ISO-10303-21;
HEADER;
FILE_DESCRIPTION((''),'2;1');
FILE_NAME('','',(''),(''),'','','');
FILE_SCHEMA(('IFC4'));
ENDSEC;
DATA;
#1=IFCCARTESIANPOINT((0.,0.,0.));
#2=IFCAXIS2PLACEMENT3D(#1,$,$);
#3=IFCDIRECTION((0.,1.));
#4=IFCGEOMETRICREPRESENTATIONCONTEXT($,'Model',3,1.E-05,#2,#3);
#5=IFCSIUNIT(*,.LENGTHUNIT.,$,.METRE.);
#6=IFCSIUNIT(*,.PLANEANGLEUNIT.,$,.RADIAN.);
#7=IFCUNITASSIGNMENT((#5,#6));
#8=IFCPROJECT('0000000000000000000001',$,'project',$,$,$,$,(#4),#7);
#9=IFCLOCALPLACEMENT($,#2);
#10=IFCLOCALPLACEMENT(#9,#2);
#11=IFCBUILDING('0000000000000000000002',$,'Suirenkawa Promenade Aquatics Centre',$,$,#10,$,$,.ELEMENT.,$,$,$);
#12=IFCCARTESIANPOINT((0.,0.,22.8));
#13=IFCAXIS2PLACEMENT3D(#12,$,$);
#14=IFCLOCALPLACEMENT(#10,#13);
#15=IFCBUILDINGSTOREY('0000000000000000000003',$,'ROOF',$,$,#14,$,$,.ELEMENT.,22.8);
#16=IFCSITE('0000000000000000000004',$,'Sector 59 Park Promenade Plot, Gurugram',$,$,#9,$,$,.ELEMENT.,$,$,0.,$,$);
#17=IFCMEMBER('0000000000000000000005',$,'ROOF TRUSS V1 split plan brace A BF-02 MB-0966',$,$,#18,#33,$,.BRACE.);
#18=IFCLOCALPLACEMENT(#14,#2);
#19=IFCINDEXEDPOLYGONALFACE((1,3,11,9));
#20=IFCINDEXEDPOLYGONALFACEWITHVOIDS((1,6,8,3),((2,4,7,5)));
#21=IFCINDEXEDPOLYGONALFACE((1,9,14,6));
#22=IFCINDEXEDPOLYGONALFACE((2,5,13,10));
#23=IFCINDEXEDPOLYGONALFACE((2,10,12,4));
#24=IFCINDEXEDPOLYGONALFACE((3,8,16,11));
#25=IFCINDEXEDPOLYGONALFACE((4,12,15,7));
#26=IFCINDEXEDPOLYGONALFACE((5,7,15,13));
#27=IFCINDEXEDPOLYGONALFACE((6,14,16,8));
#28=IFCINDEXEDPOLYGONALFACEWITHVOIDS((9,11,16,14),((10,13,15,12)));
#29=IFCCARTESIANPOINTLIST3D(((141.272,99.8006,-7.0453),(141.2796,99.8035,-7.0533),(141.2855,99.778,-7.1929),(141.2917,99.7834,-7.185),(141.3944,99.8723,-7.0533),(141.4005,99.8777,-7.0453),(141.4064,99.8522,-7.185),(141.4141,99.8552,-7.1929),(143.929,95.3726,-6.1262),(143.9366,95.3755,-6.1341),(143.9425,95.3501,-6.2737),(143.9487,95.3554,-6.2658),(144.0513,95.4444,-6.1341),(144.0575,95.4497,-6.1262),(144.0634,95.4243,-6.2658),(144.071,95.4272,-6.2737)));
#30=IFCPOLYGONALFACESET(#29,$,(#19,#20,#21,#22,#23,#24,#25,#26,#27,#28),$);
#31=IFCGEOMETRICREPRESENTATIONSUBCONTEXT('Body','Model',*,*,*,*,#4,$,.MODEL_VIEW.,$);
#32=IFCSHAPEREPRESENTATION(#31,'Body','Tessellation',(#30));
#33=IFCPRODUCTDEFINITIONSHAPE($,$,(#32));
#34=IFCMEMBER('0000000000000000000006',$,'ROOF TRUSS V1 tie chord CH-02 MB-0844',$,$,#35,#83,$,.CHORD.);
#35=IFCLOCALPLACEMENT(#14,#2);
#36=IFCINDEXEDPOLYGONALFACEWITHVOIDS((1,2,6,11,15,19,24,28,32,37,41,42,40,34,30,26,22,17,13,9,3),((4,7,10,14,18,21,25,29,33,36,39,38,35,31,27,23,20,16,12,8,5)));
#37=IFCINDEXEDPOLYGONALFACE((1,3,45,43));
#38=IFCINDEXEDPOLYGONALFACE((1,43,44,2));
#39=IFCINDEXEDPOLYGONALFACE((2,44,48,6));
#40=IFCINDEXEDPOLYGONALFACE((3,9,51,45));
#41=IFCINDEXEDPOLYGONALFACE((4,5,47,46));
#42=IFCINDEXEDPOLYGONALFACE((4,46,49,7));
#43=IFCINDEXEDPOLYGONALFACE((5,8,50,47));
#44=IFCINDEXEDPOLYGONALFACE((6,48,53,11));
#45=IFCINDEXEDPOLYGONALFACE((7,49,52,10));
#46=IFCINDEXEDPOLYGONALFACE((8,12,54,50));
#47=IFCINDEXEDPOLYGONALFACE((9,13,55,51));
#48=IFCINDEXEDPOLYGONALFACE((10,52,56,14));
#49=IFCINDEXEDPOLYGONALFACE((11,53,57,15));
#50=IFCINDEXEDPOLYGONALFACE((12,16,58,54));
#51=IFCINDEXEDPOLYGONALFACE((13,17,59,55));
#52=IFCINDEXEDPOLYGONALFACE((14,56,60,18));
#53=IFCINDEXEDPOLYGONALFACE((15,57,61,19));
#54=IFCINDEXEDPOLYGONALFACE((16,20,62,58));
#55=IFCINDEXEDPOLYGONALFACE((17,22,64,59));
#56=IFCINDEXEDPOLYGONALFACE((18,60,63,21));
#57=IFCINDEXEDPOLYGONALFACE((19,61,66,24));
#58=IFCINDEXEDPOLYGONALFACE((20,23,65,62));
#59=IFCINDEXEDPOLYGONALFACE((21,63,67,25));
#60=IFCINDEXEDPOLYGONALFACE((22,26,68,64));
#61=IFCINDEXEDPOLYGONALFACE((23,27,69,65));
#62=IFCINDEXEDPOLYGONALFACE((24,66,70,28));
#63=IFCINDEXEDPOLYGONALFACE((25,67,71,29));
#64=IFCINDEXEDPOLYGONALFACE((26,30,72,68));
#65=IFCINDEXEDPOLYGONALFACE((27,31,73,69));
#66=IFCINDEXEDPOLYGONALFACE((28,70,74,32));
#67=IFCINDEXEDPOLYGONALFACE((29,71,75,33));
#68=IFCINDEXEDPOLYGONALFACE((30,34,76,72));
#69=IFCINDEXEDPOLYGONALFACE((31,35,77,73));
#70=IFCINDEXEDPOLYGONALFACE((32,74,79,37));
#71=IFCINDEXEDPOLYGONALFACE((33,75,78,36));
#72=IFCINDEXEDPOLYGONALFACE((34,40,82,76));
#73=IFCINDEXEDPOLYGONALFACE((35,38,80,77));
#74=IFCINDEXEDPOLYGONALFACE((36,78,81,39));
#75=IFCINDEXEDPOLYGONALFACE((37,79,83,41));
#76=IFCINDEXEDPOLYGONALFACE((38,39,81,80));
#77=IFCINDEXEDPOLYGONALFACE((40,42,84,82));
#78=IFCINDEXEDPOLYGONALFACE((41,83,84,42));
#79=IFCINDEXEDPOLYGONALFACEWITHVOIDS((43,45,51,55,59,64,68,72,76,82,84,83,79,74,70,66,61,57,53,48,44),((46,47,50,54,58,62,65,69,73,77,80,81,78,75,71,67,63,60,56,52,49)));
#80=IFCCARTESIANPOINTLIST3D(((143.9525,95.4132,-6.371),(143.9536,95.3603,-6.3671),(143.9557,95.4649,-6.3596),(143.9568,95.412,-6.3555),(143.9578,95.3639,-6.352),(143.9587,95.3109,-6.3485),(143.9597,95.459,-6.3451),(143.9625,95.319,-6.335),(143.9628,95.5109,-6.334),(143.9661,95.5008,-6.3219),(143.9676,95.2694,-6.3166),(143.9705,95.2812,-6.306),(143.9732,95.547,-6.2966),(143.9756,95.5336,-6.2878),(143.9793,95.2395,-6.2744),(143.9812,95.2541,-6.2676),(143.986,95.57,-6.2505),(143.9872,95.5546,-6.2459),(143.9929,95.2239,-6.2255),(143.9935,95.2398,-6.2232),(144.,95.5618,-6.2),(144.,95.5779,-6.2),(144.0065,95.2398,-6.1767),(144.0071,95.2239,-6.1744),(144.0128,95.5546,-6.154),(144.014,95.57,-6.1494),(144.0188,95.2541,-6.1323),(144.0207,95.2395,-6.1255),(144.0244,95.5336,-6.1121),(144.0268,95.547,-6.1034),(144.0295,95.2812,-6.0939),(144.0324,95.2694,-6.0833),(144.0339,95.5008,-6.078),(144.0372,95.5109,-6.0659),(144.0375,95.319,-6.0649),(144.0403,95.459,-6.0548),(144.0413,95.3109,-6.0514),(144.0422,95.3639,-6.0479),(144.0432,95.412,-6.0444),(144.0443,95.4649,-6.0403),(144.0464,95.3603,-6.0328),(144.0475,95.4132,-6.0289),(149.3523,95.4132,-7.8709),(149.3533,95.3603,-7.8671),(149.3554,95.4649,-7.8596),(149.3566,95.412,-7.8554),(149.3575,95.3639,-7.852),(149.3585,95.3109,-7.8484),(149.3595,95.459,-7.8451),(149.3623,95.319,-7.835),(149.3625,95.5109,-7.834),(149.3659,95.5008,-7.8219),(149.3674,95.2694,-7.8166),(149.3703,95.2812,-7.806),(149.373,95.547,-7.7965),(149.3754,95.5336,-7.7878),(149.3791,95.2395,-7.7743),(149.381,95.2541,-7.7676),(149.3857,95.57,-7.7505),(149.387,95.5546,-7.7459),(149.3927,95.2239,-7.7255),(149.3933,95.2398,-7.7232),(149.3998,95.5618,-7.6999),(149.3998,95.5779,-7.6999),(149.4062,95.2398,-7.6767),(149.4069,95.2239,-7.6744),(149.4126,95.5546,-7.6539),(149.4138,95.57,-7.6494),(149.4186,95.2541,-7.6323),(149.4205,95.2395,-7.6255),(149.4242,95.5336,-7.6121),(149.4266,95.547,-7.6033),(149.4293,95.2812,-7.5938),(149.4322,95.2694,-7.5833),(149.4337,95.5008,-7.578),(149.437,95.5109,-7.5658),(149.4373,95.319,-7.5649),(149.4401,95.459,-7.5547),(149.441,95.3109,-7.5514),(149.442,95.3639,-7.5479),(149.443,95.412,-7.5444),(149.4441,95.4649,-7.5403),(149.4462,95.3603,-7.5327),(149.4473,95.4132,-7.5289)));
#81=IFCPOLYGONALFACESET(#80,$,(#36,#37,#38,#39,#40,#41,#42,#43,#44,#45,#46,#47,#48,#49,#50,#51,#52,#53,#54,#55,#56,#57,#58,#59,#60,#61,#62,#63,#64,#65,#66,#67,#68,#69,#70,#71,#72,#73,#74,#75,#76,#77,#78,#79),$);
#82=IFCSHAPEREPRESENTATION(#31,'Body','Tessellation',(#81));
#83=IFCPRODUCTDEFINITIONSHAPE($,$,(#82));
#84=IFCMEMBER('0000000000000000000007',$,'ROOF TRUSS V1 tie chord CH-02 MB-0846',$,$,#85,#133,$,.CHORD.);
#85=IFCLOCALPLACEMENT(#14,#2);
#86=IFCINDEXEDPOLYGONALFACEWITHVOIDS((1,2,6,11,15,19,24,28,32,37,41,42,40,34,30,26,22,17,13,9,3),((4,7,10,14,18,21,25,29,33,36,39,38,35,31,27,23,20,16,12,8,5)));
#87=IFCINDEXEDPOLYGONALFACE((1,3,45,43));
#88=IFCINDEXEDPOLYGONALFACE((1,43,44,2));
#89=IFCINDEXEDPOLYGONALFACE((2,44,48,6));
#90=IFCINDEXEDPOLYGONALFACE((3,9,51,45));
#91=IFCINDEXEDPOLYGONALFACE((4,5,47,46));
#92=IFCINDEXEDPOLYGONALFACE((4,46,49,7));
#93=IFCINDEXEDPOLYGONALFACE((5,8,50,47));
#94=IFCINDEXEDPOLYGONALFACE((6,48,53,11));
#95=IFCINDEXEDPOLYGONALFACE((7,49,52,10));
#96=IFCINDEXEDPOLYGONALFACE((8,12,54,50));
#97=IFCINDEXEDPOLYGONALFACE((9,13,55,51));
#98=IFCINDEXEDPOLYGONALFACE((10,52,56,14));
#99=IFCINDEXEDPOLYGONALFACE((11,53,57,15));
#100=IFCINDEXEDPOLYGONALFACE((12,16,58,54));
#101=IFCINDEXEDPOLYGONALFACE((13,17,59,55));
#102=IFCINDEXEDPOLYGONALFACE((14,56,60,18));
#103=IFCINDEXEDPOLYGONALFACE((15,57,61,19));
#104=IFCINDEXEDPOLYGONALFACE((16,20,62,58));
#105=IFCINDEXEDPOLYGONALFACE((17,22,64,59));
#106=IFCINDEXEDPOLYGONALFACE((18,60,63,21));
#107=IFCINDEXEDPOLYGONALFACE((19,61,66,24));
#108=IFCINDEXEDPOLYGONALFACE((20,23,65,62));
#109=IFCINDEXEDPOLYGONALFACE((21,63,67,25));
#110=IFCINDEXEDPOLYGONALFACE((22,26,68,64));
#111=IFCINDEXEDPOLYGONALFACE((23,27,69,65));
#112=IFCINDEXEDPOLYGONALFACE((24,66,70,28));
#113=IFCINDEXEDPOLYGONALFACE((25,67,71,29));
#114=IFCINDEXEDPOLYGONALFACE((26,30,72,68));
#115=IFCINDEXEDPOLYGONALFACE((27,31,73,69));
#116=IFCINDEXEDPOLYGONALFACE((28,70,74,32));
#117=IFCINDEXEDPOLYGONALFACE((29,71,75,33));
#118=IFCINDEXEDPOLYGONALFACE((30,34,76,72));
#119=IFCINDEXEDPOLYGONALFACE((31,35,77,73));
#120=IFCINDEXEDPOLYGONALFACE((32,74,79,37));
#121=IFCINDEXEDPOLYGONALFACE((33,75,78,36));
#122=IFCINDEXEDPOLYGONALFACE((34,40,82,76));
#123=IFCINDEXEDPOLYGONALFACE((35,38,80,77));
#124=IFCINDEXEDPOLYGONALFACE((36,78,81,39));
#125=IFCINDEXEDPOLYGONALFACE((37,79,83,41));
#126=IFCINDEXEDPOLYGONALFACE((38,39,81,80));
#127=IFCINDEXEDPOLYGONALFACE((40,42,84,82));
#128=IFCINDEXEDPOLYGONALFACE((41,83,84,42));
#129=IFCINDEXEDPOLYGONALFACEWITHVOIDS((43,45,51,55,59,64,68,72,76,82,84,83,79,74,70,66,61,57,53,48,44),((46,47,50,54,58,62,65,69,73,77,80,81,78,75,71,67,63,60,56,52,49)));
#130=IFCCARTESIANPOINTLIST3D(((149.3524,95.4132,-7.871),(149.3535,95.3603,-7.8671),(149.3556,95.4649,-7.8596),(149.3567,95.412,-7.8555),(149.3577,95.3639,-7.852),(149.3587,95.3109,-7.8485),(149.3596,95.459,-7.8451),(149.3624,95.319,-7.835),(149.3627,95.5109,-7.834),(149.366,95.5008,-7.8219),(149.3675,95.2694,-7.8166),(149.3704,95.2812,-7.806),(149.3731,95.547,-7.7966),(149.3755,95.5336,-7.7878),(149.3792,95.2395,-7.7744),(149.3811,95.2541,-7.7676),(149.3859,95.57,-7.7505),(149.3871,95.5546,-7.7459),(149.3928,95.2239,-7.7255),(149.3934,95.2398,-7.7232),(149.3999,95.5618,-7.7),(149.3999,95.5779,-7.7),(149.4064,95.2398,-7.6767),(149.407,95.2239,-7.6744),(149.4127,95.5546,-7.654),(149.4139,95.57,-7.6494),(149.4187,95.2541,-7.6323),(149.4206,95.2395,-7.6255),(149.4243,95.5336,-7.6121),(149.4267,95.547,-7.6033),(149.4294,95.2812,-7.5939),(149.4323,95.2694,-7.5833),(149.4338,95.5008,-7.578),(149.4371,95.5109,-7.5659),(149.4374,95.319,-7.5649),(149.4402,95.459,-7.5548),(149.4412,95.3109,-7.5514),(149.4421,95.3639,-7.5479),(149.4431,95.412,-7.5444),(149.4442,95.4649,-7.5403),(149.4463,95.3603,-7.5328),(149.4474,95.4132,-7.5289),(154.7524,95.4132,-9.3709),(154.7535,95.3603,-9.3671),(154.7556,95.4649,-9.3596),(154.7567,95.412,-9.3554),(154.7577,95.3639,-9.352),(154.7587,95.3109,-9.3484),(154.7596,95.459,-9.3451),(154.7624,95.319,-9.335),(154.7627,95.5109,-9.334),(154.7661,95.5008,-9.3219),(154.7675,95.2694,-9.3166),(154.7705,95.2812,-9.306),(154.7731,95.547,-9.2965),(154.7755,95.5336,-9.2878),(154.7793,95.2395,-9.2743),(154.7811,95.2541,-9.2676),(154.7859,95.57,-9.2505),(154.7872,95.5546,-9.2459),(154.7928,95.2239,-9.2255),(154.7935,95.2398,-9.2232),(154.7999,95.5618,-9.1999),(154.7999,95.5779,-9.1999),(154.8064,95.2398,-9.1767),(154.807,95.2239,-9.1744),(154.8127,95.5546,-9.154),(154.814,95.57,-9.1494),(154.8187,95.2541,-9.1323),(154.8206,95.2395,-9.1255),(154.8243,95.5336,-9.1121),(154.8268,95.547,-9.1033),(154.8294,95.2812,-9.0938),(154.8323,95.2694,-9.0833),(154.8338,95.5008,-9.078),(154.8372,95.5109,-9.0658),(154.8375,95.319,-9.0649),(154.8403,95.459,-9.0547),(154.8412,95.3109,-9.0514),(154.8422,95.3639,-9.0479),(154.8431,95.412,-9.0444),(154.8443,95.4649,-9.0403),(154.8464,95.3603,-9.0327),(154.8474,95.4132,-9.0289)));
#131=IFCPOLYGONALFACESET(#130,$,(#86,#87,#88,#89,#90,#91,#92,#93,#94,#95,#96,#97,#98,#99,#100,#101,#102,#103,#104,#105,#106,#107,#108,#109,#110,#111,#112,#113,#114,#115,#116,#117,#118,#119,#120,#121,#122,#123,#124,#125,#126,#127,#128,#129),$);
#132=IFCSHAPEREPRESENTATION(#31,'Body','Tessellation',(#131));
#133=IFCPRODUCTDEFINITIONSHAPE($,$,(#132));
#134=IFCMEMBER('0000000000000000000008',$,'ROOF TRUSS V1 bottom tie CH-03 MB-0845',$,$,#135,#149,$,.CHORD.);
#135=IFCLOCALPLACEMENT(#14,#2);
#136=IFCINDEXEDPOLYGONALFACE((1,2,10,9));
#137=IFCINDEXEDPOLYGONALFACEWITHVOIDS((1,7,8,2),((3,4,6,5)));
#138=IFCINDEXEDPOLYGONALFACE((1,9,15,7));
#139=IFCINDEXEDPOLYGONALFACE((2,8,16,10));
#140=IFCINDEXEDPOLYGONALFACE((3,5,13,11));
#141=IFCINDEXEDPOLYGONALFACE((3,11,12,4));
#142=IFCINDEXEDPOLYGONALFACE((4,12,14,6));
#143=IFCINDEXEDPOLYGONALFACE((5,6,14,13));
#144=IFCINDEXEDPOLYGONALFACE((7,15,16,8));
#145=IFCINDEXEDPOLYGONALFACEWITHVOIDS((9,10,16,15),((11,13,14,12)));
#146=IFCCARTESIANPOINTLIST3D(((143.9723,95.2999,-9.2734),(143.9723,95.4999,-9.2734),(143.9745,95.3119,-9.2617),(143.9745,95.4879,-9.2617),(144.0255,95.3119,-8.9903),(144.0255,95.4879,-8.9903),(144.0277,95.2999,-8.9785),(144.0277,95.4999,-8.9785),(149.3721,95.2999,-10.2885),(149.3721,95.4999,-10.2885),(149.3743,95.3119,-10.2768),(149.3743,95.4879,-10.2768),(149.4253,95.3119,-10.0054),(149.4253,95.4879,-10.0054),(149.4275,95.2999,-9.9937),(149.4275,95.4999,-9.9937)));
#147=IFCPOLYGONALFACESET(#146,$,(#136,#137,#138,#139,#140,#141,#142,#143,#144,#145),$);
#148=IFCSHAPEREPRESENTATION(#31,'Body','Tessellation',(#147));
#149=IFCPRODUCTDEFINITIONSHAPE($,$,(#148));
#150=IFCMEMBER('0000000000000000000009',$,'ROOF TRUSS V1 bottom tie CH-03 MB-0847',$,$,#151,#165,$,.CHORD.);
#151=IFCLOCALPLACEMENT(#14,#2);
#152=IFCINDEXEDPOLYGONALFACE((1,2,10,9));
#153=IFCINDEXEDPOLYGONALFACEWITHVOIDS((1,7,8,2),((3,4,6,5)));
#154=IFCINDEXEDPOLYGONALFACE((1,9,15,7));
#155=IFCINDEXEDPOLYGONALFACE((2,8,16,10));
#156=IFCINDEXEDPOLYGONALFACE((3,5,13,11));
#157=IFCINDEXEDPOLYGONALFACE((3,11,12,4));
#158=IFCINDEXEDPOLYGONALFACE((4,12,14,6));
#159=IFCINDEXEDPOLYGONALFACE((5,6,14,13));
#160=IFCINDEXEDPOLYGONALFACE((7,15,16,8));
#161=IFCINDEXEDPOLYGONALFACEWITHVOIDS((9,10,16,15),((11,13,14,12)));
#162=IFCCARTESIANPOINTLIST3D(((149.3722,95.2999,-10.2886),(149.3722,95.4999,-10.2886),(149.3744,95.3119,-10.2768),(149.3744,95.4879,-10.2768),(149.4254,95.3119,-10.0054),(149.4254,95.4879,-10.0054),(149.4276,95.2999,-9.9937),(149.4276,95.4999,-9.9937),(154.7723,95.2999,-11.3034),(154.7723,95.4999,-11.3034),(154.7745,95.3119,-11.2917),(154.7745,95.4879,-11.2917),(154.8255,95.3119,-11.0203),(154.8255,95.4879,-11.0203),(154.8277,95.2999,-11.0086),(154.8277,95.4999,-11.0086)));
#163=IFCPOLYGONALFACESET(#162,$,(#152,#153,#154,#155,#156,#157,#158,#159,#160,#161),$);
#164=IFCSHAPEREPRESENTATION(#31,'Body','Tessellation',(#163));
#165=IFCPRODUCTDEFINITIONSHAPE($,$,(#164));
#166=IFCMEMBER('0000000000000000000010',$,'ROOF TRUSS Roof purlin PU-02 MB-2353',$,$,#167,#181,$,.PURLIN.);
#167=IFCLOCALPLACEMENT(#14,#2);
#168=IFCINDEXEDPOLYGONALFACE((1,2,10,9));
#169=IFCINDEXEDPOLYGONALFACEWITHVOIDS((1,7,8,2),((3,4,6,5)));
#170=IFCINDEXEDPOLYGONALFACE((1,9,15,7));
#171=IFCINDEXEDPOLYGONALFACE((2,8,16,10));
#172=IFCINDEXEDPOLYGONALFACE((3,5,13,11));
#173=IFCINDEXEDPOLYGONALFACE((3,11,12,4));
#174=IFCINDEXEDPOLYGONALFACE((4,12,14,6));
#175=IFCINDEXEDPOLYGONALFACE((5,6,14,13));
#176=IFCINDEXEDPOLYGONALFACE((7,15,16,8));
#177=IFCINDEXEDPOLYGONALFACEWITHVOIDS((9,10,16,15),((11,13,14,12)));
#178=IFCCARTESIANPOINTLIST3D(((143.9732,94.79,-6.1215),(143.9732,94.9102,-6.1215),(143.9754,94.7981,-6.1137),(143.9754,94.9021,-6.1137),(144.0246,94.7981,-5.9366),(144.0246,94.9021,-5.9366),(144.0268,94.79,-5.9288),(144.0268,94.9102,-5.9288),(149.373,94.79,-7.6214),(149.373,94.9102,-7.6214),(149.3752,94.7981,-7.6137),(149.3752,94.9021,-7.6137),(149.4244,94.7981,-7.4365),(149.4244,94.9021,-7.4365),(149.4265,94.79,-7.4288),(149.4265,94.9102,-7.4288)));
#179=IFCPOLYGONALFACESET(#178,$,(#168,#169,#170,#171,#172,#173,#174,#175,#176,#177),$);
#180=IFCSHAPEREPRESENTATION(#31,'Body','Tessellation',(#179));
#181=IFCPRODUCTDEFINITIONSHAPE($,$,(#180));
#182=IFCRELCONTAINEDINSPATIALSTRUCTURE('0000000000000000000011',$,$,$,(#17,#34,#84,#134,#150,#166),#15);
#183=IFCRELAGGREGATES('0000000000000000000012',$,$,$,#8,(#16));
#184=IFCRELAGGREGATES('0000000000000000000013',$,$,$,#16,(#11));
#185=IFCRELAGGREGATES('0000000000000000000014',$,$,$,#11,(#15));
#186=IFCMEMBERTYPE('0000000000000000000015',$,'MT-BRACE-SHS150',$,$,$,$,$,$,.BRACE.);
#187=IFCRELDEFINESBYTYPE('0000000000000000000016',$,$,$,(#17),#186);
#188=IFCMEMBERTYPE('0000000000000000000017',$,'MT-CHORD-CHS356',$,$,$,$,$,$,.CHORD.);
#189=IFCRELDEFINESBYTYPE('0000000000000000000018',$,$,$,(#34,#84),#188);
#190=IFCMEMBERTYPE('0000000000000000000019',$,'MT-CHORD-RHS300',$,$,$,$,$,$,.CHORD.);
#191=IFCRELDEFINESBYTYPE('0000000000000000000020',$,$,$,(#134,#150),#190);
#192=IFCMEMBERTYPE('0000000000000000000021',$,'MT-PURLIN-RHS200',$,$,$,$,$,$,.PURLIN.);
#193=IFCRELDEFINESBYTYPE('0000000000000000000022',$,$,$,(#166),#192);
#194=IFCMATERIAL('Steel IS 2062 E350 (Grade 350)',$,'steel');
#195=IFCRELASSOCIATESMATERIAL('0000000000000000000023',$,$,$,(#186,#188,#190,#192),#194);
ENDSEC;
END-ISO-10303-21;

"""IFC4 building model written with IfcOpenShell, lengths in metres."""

from ifc_helpers import new_model, si_unit, direction, frame, origin, origin_2d, place, context, subcontext, project, spatial, hollow_rectangle, hollow_circle, extrude, material, material_profile, profile_set, type_object, element, save


model = new_model("IFC4")

# Units and contexts
model_context = context("Model", 3, precision=1e-05, world=origin(), true_north=direction((0.0, 1.0)))
body_context = subcontext(model_context, "Body", "Model", "MODEL_VIEW")
ifc_project = project(units=[si_unit("LENGTHUNIT", "METRE"), si_unit("PLANEANGLEUNIT", "RADIAN")], contexts=[model_context])

# Site, building, storey
site_placement = place(None, origin())
site = spatial("IfcSite", under=ifc_project, at=site_placement, Name="Sector 59 Park Promenade Plot, Gurugram", CompositionType="ELEMENT", RefElevation=0.0)
building_placement = place(site_placement, origin())
building = spatial("IfcBuilding", under=site, at=building_placement, Name="Suirenkawa Promenade Aquatics Centre", CompositionType="ELEMENT")
storey_placement = place(building_placement, frame((0.0, 0.0, 22.8)))
storey = spatial("IfcBuildingStorey", under=building, at=storey_placement, Name="ROOF", CompositionType="ELEMENT", Elevation=22.8)

# Shared definitions
ifc_material = material(Name="Steel IS 2062 E350 (Grade 350)", Category="steel")

# Members
ifc_material_profile_1 = material_profile(ifc_material, hollow_rectangle(XDim=0.1499, YDim=0.1499, WallThickness=0.0081, at=origin_2d()), Name="SHS 150x150x8", Category="steel")
ifc_profile_set_1 = profile_set([ifc_material_profile_1], Name="Steel IS 2062 E350 (Grade 350)")
member_type_1 = type_object("IfcMemberType", Name="MT-BRACE-SHS150", PredefinedType="BRACE", material=ifc_profile_set_1)
member_1_placement = place(storey_placement, frame((144.0, 95.3999, -6.2), z_axis=(-0.506561, 0.844207, -0.175246), x_axis=(-0.857476, -0.514524, 0.0)))
element("IfcMember", 1, at=member_1_placement, inside=storey, type_object=member_type_1, Name="ROOF TRUSS V1 split plan brace A BF-02 MB-0966", PredefinedType="BRACE", context=body_context, shape_type="SweptSolid", body=[
    extrude(hollow_rectangle(XDim=0.1499, YDim=0.1499, WallThickness=0.0081, at=origin_2d()), origin(), (0.0, 0.0, 1.0), 5.2451),
])
ifc_material_profile_2 = material_profile(ifc_material, hollow_circle(Radius=0.178, WallThickness=0.0161, at=origin_2d()), Name="CHS 356x16", Category="steel")
ifc_profile_set_2 = profile_set([ifc_material_profile_2], Name="Steel IS 2062 E350 (Grade 350)")
member_type_2 = type_object("IfcMemberType", Name="MT-CHORD-CHS356", PredefinedType="CHORD", material=ifc_profile_set_2)
member_2_placement = place(storey_placement, frame((144.0, 95.3999, -6.2), z_axis=(0.963517, 0.0, -0.267648), x_axis=(0.0, 1.0, 0.0)))
element("IfcMember", 2, at=member_2_placement, inside=storey, type_object=member_type_2, Name="ROOF TRUSS V1 tie chord CH-02 MB-0844", PredefinedType="CHORD", context=body_context, shape_type="SweptSolid", body=[
    extrude(hollow_circle(Radius=0.178, WallThickness=0.0161, at=origin_2d()), origin(), (0.0, 0.0, 1.0), 5.6042),
])
member_3_placement = place(storey_placement, frame((149.3999, 95.3999, -7.7), z_axis=(0.96352, 0.0, -0.267637), x_axis=(0.0, 1.0, 0.0)))
element("IfcMember", 3, at=member_3_placement, inside=storey, type_object=member_type_2, Name="ROOF TRUSS V1 tie chord CH-02 MB-0846", PredefinedType="CHORD", context=body_context, shape_type="SweptSolid", body=[
    extrude(hollow_circle(Radius=0.178, WallThickness=0.0161, at=origin_2d()), origin(), (0.0, 0.0, 1.0), 5.6045),
])
ifc_material_profile_3 = material_profile(ifc_material, hollow_rectangle(XDim=0.2, YDim=0.3, WallThickness=0.012, at=origin_2d()), Name="RHS 300x200x12", Category="steel")
ifc_profile_set_3 = profile_set([ifc_material_profile_3], Name="Steel IS 2062 E350 (Grade 350)")
member_type_3 = type_object("IfcMemberType", Name="MT-CHORD-RHS300", PredefinedType="CHORD", material=ifc_profile_set_3)
member_4_placement = place(storey_placement, frame((144.0, 95.3999, -9.126), z_axis=(0.982785, 0.0, -0.184755), x_axis=(0.0, 1.0, 0.0)))
element("IfcMember", 4, at=member_4_placement, inside=storey, type_object=member_type_3, Name="ROOF TRUSS V1 bottom tie CH-03 MB-0845", PredefinedType="CHORD", context=body_context, shape_type="SweptSolid", body=[
    extrude(hollow_rectangle(XDim=0.2, YDim=0.3, WallThickness=0.012, at=origin_2d()), origin(), (0.0, 0.0, 1.0), 5.4944),
])
member_5_placement = place(storey_placement, frame((149.3999, 95.3999, -10.1411), z_axis=(0.982794, 0.0, -0.184704), x_axis=(0.0, 1.0, 0.0)))
element("IfcMember", 5, at=member_5_placement, inside=storey, type_object=member_type_3, Name="ROOF TRUSS V1 bottom tie CH-03 MB-0847", PredefinedType="CHORD", context=body_context, shape_type="SweptSolid", body=[
    extrude(hollow_rectangle(XDim=0.2, YDim=0.3, WallThickness=0.012, at=origin_2d()), origin(), (0.0, 0.0, 1.0), 5.4946),
])
ifc_material_profile_4 = material_profile(ifc_material, hollow_rectangle(XDim=0.1201, YDim=0.2, WallThickness=0.0081, at=origin_2d()), Name="RHS 200x120x8", Category="steel")
ifc_profile_set_4 = profile_set([ifc_material_profile_4], Name="Steel IS 2062 E350 (Grade 350)")
member_type_4 = type_object("IfcMemberType", Name="MT-PURLIN-RHS200", PredefinedType="PURLIN", material=ifc_profile_set_4)
member_6_placement = place(storey_placement, frame((144.0, 94.8501, -6.0251), z_axis=(0.963517, 0.0, -0.267648), x_axis=(0.0, 1.0, 0.0)))
element("IfcMember", 6, at=member_6_placement, inside=storey, type_object=member_type_4, Name="ROOF TRUSS Roof purlin PU-02 MB-2353", PredefinedType="PURLIN", context=body_context, shape_type="SweptSolid", body=[
    extrude(hollow_rectangle(XDim=0.1201, YDim=0.2, WallThickness=0.0081, at=origin_2d()), origin(), (0.0, 0.0, 1.0), 5.6042),
])

save(model, "model.ifc")
